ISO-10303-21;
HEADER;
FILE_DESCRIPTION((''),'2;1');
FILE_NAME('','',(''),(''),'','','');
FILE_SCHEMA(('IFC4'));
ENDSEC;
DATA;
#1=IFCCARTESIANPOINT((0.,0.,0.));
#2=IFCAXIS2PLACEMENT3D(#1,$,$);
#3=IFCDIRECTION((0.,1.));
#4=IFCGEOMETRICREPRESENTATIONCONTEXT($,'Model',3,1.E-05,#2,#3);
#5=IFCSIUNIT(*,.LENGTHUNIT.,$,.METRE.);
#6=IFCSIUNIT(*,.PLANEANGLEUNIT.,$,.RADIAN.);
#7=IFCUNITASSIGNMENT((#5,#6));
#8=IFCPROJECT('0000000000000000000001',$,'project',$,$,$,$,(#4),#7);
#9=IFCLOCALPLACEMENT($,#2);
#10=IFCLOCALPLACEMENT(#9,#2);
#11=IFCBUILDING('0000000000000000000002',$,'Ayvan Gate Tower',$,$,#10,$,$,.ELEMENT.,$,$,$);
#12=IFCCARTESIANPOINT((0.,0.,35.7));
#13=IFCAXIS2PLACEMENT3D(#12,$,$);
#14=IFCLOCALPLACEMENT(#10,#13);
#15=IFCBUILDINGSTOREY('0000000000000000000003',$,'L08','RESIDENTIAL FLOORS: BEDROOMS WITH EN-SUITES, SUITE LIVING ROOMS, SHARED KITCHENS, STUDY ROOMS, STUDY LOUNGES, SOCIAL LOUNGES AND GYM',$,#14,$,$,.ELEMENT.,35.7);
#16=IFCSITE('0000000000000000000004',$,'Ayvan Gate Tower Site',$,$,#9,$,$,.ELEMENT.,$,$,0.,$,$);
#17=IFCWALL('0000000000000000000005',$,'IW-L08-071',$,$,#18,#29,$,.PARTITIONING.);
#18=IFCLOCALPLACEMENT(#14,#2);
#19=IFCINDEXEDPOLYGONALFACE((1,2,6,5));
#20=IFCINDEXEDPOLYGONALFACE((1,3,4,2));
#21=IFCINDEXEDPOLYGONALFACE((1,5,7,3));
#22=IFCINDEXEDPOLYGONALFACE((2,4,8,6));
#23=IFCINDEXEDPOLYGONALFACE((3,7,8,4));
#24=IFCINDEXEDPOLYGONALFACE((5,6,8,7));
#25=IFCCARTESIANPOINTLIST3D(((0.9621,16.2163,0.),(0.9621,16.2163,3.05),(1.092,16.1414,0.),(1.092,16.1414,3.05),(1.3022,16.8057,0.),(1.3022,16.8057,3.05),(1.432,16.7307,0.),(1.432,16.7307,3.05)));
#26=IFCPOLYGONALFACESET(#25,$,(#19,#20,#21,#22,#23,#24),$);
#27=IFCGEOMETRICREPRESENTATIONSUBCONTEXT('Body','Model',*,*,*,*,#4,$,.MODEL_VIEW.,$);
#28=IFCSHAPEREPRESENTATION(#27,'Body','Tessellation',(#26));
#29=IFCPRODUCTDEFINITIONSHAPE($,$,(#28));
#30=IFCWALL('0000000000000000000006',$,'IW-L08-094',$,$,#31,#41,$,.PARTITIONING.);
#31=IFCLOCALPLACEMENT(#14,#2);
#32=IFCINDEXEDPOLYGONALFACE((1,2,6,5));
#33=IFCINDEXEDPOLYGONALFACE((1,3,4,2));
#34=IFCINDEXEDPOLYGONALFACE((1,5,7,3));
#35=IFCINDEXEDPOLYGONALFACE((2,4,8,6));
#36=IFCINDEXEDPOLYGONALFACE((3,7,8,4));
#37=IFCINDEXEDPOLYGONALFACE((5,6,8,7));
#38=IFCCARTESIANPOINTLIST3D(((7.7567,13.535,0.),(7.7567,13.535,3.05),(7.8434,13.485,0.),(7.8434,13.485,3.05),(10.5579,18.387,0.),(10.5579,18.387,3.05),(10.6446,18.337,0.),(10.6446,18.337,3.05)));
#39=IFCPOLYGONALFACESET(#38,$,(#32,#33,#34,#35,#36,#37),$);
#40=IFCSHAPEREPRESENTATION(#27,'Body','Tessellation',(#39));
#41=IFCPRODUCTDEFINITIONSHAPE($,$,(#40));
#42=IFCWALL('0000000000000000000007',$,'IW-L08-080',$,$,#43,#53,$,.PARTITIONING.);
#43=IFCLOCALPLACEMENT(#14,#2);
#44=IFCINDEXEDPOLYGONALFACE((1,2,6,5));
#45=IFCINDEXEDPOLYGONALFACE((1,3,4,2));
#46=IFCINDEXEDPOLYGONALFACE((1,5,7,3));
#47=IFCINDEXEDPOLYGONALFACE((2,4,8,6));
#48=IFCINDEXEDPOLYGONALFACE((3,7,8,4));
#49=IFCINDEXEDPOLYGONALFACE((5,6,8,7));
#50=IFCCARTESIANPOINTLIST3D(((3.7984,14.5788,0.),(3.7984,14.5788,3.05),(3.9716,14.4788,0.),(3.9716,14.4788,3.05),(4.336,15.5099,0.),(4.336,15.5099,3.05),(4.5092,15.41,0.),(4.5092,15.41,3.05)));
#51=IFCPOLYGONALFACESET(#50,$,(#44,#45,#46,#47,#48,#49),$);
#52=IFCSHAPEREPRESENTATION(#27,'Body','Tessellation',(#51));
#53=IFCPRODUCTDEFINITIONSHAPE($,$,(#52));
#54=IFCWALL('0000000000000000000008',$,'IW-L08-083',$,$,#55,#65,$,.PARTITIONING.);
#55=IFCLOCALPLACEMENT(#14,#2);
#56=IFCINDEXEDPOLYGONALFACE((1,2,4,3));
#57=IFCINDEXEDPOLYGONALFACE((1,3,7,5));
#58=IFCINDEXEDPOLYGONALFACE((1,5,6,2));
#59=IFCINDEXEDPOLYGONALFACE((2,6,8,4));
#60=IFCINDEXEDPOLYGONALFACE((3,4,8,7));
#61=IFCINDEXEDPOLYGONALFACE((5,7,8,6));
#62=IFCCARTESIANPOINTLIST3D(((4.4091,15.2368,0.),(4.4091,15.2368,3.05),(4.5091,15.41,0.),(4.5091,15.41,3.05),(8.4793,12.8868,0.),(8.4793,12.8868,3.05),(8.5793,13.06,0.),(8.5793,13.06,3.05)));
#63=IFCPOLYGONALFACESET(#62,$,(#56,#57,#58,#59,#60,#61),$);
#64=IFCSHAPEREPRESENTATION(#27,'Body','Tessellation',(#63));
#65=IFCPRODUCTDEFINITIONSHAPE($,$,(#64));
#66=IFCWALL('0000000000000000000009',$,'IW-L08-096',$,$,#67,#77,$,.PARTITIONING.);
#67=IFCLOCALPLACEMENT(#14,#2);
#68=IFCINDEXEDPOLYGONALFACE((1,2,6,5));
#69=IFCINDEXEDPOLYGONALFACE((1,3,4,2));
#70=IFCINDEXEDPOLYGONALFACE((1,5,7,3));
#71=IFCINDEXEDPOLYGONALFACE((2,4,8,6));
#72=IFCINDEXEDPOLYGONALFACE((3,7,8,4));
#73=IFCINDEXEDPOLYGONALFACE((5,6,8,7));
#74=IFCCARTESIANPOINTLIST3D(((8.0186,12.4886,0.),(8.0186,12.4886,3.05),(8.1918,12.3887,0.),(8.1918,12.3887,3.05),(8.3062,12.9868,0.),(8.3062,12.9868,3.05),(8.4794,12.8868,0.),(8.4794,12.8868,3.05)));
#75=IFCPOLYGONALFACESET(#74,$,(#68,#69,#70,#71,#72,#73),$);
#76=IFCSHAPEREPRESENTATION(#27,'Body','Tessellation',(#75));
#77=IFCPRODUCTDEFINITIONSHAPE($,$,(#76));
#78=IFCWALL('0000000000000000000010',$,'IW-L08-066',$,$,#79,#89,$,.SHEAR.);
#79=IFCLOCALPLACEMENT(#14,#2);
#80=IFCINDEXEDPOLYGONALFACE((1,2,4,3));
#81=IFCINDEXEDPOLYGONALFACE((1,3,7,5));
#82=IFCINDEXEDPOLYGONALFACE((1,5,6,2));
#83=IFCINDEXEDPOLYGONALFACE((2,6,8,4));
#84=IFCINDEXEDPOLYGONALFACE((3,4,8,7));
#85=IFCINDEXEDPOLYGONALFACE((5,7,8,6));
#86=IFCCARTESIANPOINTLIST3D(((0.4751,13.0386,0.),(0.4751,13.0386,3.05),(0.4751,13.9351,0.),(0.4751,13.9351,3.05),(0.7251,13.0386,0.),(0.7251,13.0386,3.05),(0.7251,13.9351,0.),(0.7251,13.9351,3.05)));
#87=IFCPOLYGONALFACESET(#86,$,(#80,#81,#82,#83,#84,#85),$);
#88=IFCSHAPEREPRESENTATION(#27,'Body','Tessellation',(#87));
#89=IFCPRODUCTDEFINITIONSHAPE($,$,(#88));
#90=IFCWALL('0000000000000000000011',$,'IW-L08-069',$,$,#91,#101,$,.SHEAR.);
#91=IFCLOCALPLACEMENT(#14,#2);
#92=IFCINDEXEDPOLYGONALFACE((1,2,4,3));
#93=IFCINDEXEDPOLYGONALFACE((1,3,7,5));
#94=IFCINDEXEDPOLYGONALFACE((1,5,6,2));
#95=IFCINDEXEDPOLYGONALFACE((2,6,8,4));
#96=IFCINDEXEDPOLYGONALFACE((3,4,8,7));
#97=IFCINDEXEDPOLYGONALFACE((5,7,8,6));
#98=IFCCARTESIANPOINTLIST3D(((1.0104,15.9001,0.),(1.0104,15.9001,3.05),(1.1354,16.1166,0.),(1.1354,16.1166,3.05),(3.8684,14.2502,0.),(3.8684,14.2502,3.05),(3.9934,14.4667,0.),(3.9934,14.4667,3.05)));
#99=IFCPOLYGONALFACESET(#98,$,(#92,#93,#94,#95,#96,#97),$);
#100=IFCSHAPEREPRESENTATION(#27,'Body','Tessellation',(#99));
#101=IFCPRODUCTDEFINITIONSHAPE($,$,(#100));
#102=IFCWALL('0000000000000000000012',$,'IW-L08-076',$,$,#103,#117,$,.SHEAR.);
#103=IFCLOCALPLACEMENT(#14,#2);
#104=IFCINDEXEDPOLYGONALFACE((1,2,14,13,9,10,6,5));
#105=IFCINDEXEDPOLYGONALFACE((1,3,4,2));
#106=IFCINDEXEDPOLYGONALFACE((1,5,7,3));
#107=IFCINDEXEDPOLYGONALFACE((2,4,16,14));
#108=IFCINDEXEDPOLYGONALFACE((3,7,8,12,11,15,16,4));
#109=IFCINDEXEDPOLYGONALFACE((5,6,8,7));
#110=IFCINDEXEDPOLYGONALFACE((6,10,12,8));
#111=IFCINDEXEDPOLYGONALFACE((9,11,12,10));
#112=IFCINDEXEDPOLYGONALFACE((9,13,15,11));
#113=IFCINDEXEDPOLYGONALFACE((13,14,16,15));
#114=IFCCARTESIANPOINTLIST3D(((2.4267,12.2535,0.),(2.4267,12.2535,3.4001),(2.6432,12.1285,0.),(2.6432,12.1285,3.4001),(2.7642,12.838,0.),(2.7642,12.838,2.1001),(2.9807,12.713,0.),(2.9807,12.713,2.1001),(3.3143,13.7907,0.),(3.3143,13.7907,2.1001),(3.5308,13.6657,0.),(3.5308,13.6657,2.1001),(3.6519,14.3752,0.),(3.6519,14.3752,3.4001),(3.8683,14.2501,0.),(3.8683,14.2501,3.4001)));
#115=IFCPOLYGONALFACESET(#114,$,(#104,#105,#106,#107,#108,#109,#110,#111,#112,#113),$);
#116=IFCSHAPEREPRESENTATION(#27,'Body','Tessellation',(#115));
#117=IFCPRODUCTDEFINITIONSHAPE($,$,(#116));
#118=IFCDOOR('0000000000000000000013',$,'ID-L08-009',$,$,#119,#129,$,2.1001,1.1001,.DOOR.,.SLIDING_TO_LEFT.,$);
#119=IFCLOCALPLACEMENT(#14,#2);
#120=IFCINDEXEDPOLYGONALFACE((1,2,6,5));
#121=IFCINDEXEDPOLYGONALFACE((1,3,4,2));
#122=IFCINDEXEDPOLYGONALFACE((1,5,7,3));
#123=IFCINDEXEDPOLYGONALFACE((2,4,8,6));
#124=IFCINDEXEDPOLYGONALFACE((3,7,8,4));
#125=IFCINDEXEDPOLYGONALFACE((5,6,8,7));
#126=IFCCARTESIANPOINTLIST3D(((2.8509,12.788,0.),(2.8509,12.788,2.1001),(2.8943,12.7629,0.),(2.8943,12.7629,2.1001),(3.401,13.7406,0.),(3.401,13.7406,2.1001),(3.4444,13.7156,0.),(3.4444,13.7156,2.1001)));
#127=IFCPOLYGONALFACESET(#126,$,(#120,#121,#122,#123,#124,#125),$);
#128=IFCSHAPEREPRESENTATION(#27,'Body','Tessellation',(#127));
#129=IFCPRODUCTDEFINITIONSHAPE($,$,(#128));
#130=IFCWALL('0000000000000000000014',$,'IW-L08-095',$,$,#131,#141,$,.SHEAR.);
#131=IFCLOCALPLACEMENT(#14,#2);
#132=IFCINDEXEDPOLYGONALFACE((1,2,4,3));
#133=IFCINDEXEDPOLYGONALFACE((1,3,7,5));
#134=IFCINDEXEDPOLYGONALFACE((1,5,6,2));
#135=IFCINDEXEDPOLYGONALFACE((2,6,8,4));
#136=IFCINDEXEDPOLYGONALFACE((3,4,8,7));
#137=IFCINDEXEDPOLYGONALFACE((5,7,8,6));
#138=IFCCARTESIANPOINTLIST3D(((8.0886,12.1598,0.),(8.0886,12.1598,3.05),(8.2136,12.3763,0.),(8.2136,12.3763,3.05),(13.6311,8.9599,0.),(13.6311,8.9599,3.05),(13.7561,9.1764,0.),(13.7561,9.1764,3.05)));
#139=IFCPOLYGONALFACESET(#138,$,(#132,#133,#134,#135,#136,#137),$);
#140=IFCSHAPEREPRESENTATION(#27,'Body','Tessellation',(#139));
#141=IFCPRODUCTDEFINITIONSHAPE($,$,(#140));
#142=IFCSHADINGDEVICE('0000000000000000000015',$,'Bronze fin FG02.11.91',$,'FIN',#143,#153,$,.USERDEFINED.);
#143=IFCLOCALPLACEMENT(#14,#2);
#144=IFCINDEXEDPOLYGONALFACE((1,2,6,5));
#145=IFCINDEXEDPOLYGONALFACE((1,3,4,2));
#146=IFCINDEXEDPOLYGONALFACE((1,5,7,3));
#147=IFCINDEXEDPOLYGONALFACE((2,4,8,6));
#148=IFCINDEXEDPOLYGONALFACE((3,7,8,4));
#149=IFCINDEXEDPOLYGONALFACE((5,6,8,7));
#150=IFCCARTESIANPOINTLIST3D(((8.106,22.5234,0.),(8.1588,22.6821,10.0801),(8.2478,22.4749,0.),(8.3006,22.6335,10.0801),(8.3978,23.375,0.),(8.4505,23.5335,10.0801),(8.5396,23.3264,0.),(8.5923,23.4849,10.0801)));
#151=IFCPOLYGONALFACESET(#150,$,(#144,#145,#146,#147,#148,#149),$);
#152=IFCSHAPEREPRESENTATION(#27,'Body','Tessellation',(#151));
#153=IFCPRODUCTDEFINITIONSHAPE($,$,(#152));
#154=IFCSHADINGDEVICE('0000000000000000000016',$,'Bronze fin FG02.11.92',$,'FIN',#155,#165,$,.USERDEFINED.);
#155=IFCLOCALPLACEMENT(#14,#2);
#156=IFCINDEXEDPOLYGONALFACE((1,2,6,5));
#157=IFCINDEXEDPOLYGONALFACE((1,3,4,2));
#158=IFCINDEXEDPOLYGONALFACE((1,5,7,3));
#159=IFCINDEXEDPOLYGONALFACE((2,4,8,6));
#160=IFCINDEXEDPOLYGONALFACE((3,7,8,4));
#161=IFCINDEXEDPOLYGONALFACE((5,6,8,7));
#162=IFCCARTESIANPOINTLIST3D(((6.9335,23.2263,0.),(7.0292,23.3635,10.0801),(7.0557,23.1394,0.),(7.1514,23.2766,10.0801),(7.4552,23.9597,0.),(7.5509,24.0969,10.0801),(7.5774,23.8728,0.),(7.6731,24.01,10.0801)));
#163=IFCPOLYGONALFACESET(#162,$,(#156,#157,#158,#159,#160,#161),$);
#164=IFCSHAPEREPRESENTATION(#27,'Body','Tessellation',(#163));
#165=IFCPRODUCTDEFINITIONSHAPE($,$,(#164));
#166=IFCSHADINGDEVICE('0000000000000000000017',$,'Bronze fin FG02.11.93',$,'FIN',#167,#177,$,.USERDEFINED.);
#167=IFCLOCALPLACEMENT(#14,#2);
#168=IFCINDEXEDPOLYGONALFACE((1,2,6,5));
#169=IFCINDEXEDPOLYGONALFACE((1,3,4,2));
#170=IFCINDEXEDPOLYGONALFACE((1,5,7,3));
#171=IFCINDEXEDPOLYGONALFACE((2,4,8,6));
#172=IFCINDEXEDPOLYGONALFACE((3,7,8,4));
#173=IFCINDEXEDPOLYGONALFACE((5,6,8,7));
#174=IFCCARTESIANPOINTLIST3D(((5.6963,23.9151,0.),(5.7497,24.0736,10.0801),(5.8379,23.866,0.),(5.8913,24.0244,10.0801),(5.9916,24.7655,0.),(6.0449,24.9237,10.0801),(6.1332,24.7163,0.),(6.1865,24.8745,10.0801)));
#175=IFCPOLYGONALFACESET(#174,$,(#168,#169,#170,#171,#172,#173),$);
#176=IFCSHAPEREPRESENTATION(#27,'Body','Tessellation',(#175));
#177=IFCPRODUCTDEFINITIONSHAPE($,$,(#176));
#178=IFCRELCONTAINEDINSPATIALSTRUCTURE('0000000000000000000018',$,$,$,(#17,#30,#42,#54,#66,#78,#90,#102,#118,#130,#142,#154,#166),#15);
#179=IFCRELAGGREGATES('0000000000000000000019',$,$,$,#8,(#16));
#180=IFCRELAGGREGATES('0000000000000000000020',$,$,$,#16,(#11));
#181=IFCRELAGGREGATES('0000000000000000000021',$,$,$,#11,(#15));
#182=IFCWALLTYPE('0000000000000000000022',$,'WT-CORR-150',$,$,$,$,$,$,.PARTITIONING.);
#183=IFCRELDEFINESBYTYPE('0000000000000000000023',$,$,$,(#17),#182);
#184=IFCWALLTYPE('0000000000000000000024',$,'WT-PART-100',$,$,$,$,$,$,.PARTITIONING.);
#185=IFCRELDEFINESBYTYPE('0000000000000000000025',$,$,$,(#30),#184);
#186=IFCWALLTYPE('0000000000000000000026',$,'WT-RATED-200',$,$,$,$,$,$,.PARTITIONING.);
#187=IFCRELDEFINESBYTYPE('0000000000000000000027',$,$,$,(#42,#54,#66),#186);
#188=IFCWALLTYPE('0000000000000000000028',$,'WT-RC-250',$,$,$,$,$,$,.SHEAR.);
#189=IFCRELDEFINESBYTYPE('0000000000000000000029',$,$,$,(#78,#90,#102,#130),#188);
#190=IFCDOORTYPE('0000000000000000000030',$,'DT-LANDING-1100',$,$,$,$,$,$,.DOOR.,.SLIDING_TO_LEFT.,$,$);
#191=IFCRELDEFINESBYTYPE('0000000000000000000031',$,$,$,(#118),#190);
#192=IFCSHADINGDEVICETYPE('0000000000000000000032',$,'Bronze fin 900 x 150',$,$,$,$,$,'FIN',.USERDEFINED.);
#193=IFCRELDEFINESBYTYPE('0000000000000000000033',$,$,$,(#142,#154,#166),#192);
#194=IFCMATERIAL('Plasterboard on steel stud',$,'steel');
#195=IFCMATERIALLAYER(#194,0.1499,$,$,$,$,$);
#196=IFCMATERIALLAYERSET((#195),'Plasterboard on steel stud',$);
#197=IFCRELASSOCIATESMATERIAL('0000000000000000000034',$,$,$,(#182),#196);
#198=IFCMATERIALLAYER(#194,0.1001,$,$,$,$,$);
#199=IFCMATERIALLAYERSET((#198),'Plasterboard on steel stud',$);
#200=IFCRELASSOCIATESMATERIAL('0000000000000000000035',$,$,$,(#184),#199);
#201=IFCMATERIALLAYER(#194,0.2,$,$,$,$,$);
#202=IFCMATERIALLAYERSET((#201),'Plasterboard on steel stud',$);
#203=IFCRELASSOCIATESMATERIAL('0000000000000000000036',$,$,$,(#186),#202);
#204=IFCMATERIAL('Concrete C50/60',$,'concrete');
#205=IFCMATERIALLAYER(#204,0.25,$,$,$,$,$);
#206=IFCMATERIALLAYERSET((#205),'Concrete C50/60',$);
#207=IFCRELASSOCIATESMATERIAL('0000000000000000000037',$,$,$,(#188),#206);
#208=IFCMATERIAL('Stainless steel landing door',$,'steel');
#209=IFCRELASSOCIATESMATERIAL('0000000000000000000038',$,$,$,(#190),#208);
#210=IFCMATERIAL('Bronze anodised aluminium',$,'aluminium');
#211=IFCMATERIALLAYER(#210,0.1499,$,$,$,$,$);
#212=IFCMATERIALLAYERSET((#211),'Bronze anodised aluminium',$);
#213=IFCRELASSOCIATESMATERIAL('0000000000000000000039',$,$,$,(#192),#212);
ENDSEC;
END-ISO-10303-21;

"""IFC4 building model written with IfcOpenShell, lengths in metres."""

from ifc_helpers import new_model, si_unit, direction, frame, frame_2d, origin, place, context, subcontext, project, spatial, polyline, rectangle, outline, extrude, material, layer, layer_set, type_object, element, fill, save


model = new_model("IFC4")

# Units and contexts
model_context = context("Model", 3, precision=1e-05, world=origin(), true_north=direction((0.0, 1.0)))
body_context = subcontext(model_context, "Body", "Model", "MODEL_VIEW")
ifc_project = project(units=[si_unit("LENGTHUNIT", "METRE"), si_unit("PLANEANGLEUNIT", "RADIAN")], contexts=[model_context])

# Site, building, storey
site_placement = place(None, origin())
site = spatial("IfcSite", under=ifc_project, at=site_placement, Name="Ayvan Gate Tower Site", CompositionType="ELEMENT", RefElevation=0.0)
building_placement = place(site_placement, origin())
building = spatial("IfcBuilding", under=site, at=building_placement, Name="Ayvan Gate Tower", CompositionType="ELEMENT")
storey_placement = place(building_placement, frame((0.0, 0.0, 35.7)))
storey = spatial("IfcBuildingStorey", under=building, at=storey_placement, Name="L08", Description="RESIDENTIAL FLOORS: BEDROOMS WITH EN-SUITES, SUITE LIVING ROOMS, SHARED KITCHENS, STUDY ROOMS, STUDY LOUNGES, SOCIAL LOUNGES AND GYM", CompositionType="ELEMENT", Elevation=35.7)

# Shared definitions
ifc_material_1 = material(Name="Bronze anodised aluminium", Category="aluminium")

# Walls
ifc_material_2 = material(Name="Plasterboard on steel stud", Category="steel")
ifc_layer_1 = layer(ifc_material_2, 0.1499)
ifc_layer_set_1 = layer_set([ifc_layer_1], Name="Plasterboard on steel stud")
wall_type_1 = type_object("IfcWallType", Name="WT-CORR-150", PredefinedType="PARTITIONING", material=ifc_layer_set_1)
wall_1_placement = place(storey_placement, frame((1.3672, 16.7683, 0.0), z_axis=(0.0, 0.0, 1.0), x_axis=(-0.499805, -0.866138, 0.0)))
element("IfcWall", 1, at=wall_1_placement, inside=storey, type_object=wall_type_1, Name="IW-L08-071", PredefinedType="PARTITIONING", context=body_context, shape_type="SweptSolid", body=[
    extrude(rectangle(XDim=0.6804, YDim=0.1499, at=frame_2d((0.3403, 0.0))), origin(), (0.0, 0.0, 1.0), 3.05),
])
ifc_layer_2 = layer(ifc_material_2, 0.1001)
ifc_layer_set_2 = layer_set([ifc_layer_2], Name="Plasterboard on steel stud")
wall_type_2 = type_object("IfcWallType", Name="WT-PART-100", PredefinedType="PARTITIONING", material=ifc_layer_set_2)
wall_2_placement = place(storey_placement, frame((7.8, 13.51, 0.0), z_axis=(0.0, 0.0, 1.0), x_axis=(0.499992, 0.86603, 0.0)))
element("IfcWall", 2, at=wall_2_placement, inside=storey, type_object=wall_type_2, Name="IW-L08-094", PredefinedType="PARTITIONING", context=body_context, shape_type="SweptSolid", body=[
    extrude(rectangle(XDim=5.6025, YDim=0.1001, at=frame_2d((2.8013, 0.0))), origin(), (0.0, 0.0, 1.0), 3.05),
])
ifc_layer_3 = layer(ifc_material_2, 0.2)
ifc_layer_set_3 = layer_set([ifc_layer_3], Name="Plasterboard on steel stud")
wall_type_3 = type_object("IfcWallType", Name="WT-RATED-200", PredefinedType="PARTITIONING", material=ifc_layer_set_3)
wall_3_placement = place(storey_placement, frame((3.885, 14.5288, 0.0), z_axis=(0.0, 0.0, 1.0), x_axis=(0.499998, 0.866027, 0.0)))
element("IfcWall", 3, at=wall_3_placement, inside=storey, type_object=wall_type_3, Name="IW-L08-080", PredefinedType="PARTITIONING", context=body_context, shape_type="SweptSolid", body=[
    extrude(rectangle(XDim=1.0752, YDim=0.2, at=frame_2d((0.5376, 0.0))), origin(), (0.0, 0.0, 1.0), 3.05),
])
wall_4_placement = place(storey_placement, frame((4.459, 15.3235, 0.0), z_axis=(0.0, 0.0, 1.0), x_axis=(0.866016, -0.500016, 0.0)))
element("IfcWall", 4, at=wall_4_placement, inside=storey, type_object=wall_type_3, Name="IW-L08-083", PredefinedType="PARTITIONING", context=body_context, shape_type="SweptSolid", body=[
    extrude(rectangle(XDim=4.7, YDim=0.2, at=frame_2d((2.3501, 0.0))), origin(), (0.0, 0.0, 1.0), 3.05),
])
wall_5_placement = place(storey_placement, frame((8.3928, 12.9368, 0.0), z_axis=(0.0, 0.0, 1.0), x_axis=(-0.500065, -0.865988, 0.0)))
element("IfcWall", 5, at=wall_5_placement, inside=storey, type_object=wall_type_3, Name="IW-L08-096", PredefinedType="PARTITIONING", context=body_context, shape_type="SweptSolid", body=[
    extrude(rectangle(XDim=0.5752, YDim=0.2, at=frame_2d((0.2876, 0.0))), origin(), (0.0, 0.0, 1.0), 3.05),
])
ifc_material_3 = material(Name="Concrete C50/60", Category="concrete")
ifc_layer_4 = layer(ifc_material_3, 0.25)
ifc_layer_set_4 = layer_set([ifc_layer_4], Name="Concrete C50/60")
wall_type_4 = type_object("IfcWallType", Name="WT-RC-250", PredefinedType="SHEAR", material=ifc_layer_set_4)
wall_6_placement = place(storey_placement, frame((0.6001, 13.0386, 0.0), z_axis=(0.0, 0.0, 1.0), x_axis=(0.0, 1.0, 0.0)))
element("IfcWall", 6, at=wall_6_placement, inside=storey, type_object=wall_type_4, Name="IW-L08-066", PredefinedType="SHEAR", context=body_context, shape_type="SweptSolid", body=[
    extrude(rectangle(XDim=0.8965, YDim=0.25, at=frame_2d((0.4482, 0.0))), origin(), (0.0, 0.0, 1.0), 3.05),
])
wall_7_placement = place(storey_placement, frame((1.073, 16.0083, 0.0), z_axis=(0.0, 0.0, 1.0), x_axis=(0.86604, -0.499974, 0.0)))
element("IfcWall", 7, at=wall_7_placement, inside=storey, type_object=wall_type_4, Name="IW-L08-069", PredefinedType="SHEAR", context=body_context, shape_type="SweptSolid", body=[
    extrude(rectangle(XDim=3.3, YDim=0.25, at=frame_2d((1.6499, 0.0))), origin(), (0.0, 0.0, 1.0), 3.05),
])

# Wall, opening, door
wall_8_placement = place(storey_placement, frame((2.5349, 12.1909, 0.0), z_axis=(0.0, 0.0, 1.0), x_axis=(0.500062, 0.86599, 0.0)))
wall_8 = element("IfcWall", 8, at=wall_8_placement, inside=storey, type_object=wall_type_4, Name="IW-L08-076", PredefinedType="SHEAR", context=body_context, shape_type="SweptSolid", body=[
    extrude(rectangle(XDim=2.45, YDim=0.25, at=frame_2d((1.2251, 0.0))), origin(), (0.0, 0.0, 1.0), 3.4001),
])
opening_placement = place(wall_8_placement, frame((0.675, 0.0, 0.0)))
opening = element("IfcOpeningElement", 9, at=opening_placement, cuts=wall_8, PredefinedType="OPENING", context=body_context, shape_type="SweptSolid", body=[
    extrude(rectangle(XDim=1.1001, YDim=2.1001, at=frame_2d((0.55, 1.05))), frame((0.0, 0.135, 0.0), z_axis=(0.0, -1.0, 0.0), x_axis=(1.0, 0.0, 0.0)), (0.0, 0.0, 1.0), 0.27),
])
ifc_material_4 = material(Name="Stainless steel landing door", Category="steel")
door_type = type_object("IfcDoorType", Name="DT-LANDING-1100", OperationType="SLIDING_TO_LEFT", PredefinedType="DOOR", material=ifc_material_4)
door_placement = place(opening_placement, origin())
door = element("IfcDoor", 10, at=door_placement, inside=storey, type_object=door_type, Name="ID-L08-009", OperationType="SLIDING_TO_LEFT", OverallHeight=2.1001, OverallWidth=1.1001, PredefinedType="DOOR", context=body_context, shape_type="SweptSolid", body=[
    extrude(rectangle(XDim=1.1001, YDim=2.1001, at=frame_2d((0.55, 1.05))), frame((0.0, 0.0249, 0.0), z_axis=(0.0, -1.0, 0.0), x_axis=(1.0, 0.0, 0.0)), (0.0, 0.0, 1.0), 0.05),
])
fill(opening, door)

# Wall
wall_9_placement = place(storey_placement, frame((8.1511, 12.2681, 0.0), z_axis=(0.0, 0.0, 1.0), x_axis=(0.866025, -0.5, 0.0)))
element("IfcWall", 11, at=wall_9_placement, inside=storey, type_object=wall_type_4, Name="IW-L08-095", PredefinedType="SHEAR", context=body_context, shape_type="SweptSolid", body=[
    extrude(rectangle(XDim=6.3999, YDim=0.25, at=frame_2d((3.2, 0.0))), origin(), (0.0, 0.0, 1.0), 3.05),
])

# Shading devices
ifc_layer_5 = layer(ifc_material_1, 0.1499)
ifc_layer_set_5 = layer_set([ifc_layer_5], Name="Bronze anodised aluminium")
shading_device_type = type_object("IfcShadingDeviceType", Name="Bronze fin 900 x 150", ElementType="FIN", PredefinedType="USERDEFINED", material=ifc_layer_set_5)
shading_device_1_placement = place(storey_placement, frame((8.2478, 22.4749, 0.0), z_axis=(0.946005, -0.324151, 0.00015), x_axis=(0.324151, 0.946005, 0.0)))
element("IfcShadingDevice", 12, at=shading_device_1_placement, inside=storey, type_object=shading_device_type, Name="Bronze fin FG02.11.91", ObjectType="FIN", PredefinedType="USERDEFINED", context=body_context, shape_type="SweptSolid", body=[
    extrude(outline(polyline([(0.0, 0.0), (0.9002, 0.0), (1.0671, 10.0801), (0.1672, 10.0801), (0.0, 0.0)])), origin(), (0.0, 0.0, -1.0), 0.1499),
])
shading_device_2_placement = place(storey_placement, frame((7.0557, 23.1394, 0.0), z_axis=(0.81485, -0.579672, 0.000154), x_axis=(0.579672, 0.81485, 0.0)))
element("IfcShadingDevice", 13, at=shading_device_2_placement, inside=storey, type_object=shading_device_type, Name="Bronze fin FG02.11.92", ObjectType="FIN", PredefinedType="USERDEFINED", context=body_context, shape_type="SweptSolid", body=[
    extrude(outline(polyline([(0.0, 0.0), (0.9, 0.0), (1.0673, 10.0801), (0.1673, 10.0801), (0.0, 0.0)])), origin(), (0.0, 0.0, -1.0), 0.1499),
])
shading_device_3_placement = place(storey_placement, frame((5.8379, 23.866, 0.0), z_axis=(0.944649, -0.328084, 0.000154), x_axis=(0.328084, 0.944649, 0.0)))
element("IfcShadingDevice", 14, at=shading_device_3_placement, inside=storey, type_object=shading_device_type, Name="Bronze fin FG02.11.93", ObjectType="FIN", PredefinedType="USERDEFINED", context=body_context, shape_type="SweptSolid", body=[
    extrude(outline(polyline([(0.0, 0.0), (0.9002, 0.0), (1.0671, 10.0801), (0.1672, 10.0801), (0.0, 0.0)])), origin(), (0.0, 0.0, -1.0), 0.1499),
])

save(model, "model.ifc")
